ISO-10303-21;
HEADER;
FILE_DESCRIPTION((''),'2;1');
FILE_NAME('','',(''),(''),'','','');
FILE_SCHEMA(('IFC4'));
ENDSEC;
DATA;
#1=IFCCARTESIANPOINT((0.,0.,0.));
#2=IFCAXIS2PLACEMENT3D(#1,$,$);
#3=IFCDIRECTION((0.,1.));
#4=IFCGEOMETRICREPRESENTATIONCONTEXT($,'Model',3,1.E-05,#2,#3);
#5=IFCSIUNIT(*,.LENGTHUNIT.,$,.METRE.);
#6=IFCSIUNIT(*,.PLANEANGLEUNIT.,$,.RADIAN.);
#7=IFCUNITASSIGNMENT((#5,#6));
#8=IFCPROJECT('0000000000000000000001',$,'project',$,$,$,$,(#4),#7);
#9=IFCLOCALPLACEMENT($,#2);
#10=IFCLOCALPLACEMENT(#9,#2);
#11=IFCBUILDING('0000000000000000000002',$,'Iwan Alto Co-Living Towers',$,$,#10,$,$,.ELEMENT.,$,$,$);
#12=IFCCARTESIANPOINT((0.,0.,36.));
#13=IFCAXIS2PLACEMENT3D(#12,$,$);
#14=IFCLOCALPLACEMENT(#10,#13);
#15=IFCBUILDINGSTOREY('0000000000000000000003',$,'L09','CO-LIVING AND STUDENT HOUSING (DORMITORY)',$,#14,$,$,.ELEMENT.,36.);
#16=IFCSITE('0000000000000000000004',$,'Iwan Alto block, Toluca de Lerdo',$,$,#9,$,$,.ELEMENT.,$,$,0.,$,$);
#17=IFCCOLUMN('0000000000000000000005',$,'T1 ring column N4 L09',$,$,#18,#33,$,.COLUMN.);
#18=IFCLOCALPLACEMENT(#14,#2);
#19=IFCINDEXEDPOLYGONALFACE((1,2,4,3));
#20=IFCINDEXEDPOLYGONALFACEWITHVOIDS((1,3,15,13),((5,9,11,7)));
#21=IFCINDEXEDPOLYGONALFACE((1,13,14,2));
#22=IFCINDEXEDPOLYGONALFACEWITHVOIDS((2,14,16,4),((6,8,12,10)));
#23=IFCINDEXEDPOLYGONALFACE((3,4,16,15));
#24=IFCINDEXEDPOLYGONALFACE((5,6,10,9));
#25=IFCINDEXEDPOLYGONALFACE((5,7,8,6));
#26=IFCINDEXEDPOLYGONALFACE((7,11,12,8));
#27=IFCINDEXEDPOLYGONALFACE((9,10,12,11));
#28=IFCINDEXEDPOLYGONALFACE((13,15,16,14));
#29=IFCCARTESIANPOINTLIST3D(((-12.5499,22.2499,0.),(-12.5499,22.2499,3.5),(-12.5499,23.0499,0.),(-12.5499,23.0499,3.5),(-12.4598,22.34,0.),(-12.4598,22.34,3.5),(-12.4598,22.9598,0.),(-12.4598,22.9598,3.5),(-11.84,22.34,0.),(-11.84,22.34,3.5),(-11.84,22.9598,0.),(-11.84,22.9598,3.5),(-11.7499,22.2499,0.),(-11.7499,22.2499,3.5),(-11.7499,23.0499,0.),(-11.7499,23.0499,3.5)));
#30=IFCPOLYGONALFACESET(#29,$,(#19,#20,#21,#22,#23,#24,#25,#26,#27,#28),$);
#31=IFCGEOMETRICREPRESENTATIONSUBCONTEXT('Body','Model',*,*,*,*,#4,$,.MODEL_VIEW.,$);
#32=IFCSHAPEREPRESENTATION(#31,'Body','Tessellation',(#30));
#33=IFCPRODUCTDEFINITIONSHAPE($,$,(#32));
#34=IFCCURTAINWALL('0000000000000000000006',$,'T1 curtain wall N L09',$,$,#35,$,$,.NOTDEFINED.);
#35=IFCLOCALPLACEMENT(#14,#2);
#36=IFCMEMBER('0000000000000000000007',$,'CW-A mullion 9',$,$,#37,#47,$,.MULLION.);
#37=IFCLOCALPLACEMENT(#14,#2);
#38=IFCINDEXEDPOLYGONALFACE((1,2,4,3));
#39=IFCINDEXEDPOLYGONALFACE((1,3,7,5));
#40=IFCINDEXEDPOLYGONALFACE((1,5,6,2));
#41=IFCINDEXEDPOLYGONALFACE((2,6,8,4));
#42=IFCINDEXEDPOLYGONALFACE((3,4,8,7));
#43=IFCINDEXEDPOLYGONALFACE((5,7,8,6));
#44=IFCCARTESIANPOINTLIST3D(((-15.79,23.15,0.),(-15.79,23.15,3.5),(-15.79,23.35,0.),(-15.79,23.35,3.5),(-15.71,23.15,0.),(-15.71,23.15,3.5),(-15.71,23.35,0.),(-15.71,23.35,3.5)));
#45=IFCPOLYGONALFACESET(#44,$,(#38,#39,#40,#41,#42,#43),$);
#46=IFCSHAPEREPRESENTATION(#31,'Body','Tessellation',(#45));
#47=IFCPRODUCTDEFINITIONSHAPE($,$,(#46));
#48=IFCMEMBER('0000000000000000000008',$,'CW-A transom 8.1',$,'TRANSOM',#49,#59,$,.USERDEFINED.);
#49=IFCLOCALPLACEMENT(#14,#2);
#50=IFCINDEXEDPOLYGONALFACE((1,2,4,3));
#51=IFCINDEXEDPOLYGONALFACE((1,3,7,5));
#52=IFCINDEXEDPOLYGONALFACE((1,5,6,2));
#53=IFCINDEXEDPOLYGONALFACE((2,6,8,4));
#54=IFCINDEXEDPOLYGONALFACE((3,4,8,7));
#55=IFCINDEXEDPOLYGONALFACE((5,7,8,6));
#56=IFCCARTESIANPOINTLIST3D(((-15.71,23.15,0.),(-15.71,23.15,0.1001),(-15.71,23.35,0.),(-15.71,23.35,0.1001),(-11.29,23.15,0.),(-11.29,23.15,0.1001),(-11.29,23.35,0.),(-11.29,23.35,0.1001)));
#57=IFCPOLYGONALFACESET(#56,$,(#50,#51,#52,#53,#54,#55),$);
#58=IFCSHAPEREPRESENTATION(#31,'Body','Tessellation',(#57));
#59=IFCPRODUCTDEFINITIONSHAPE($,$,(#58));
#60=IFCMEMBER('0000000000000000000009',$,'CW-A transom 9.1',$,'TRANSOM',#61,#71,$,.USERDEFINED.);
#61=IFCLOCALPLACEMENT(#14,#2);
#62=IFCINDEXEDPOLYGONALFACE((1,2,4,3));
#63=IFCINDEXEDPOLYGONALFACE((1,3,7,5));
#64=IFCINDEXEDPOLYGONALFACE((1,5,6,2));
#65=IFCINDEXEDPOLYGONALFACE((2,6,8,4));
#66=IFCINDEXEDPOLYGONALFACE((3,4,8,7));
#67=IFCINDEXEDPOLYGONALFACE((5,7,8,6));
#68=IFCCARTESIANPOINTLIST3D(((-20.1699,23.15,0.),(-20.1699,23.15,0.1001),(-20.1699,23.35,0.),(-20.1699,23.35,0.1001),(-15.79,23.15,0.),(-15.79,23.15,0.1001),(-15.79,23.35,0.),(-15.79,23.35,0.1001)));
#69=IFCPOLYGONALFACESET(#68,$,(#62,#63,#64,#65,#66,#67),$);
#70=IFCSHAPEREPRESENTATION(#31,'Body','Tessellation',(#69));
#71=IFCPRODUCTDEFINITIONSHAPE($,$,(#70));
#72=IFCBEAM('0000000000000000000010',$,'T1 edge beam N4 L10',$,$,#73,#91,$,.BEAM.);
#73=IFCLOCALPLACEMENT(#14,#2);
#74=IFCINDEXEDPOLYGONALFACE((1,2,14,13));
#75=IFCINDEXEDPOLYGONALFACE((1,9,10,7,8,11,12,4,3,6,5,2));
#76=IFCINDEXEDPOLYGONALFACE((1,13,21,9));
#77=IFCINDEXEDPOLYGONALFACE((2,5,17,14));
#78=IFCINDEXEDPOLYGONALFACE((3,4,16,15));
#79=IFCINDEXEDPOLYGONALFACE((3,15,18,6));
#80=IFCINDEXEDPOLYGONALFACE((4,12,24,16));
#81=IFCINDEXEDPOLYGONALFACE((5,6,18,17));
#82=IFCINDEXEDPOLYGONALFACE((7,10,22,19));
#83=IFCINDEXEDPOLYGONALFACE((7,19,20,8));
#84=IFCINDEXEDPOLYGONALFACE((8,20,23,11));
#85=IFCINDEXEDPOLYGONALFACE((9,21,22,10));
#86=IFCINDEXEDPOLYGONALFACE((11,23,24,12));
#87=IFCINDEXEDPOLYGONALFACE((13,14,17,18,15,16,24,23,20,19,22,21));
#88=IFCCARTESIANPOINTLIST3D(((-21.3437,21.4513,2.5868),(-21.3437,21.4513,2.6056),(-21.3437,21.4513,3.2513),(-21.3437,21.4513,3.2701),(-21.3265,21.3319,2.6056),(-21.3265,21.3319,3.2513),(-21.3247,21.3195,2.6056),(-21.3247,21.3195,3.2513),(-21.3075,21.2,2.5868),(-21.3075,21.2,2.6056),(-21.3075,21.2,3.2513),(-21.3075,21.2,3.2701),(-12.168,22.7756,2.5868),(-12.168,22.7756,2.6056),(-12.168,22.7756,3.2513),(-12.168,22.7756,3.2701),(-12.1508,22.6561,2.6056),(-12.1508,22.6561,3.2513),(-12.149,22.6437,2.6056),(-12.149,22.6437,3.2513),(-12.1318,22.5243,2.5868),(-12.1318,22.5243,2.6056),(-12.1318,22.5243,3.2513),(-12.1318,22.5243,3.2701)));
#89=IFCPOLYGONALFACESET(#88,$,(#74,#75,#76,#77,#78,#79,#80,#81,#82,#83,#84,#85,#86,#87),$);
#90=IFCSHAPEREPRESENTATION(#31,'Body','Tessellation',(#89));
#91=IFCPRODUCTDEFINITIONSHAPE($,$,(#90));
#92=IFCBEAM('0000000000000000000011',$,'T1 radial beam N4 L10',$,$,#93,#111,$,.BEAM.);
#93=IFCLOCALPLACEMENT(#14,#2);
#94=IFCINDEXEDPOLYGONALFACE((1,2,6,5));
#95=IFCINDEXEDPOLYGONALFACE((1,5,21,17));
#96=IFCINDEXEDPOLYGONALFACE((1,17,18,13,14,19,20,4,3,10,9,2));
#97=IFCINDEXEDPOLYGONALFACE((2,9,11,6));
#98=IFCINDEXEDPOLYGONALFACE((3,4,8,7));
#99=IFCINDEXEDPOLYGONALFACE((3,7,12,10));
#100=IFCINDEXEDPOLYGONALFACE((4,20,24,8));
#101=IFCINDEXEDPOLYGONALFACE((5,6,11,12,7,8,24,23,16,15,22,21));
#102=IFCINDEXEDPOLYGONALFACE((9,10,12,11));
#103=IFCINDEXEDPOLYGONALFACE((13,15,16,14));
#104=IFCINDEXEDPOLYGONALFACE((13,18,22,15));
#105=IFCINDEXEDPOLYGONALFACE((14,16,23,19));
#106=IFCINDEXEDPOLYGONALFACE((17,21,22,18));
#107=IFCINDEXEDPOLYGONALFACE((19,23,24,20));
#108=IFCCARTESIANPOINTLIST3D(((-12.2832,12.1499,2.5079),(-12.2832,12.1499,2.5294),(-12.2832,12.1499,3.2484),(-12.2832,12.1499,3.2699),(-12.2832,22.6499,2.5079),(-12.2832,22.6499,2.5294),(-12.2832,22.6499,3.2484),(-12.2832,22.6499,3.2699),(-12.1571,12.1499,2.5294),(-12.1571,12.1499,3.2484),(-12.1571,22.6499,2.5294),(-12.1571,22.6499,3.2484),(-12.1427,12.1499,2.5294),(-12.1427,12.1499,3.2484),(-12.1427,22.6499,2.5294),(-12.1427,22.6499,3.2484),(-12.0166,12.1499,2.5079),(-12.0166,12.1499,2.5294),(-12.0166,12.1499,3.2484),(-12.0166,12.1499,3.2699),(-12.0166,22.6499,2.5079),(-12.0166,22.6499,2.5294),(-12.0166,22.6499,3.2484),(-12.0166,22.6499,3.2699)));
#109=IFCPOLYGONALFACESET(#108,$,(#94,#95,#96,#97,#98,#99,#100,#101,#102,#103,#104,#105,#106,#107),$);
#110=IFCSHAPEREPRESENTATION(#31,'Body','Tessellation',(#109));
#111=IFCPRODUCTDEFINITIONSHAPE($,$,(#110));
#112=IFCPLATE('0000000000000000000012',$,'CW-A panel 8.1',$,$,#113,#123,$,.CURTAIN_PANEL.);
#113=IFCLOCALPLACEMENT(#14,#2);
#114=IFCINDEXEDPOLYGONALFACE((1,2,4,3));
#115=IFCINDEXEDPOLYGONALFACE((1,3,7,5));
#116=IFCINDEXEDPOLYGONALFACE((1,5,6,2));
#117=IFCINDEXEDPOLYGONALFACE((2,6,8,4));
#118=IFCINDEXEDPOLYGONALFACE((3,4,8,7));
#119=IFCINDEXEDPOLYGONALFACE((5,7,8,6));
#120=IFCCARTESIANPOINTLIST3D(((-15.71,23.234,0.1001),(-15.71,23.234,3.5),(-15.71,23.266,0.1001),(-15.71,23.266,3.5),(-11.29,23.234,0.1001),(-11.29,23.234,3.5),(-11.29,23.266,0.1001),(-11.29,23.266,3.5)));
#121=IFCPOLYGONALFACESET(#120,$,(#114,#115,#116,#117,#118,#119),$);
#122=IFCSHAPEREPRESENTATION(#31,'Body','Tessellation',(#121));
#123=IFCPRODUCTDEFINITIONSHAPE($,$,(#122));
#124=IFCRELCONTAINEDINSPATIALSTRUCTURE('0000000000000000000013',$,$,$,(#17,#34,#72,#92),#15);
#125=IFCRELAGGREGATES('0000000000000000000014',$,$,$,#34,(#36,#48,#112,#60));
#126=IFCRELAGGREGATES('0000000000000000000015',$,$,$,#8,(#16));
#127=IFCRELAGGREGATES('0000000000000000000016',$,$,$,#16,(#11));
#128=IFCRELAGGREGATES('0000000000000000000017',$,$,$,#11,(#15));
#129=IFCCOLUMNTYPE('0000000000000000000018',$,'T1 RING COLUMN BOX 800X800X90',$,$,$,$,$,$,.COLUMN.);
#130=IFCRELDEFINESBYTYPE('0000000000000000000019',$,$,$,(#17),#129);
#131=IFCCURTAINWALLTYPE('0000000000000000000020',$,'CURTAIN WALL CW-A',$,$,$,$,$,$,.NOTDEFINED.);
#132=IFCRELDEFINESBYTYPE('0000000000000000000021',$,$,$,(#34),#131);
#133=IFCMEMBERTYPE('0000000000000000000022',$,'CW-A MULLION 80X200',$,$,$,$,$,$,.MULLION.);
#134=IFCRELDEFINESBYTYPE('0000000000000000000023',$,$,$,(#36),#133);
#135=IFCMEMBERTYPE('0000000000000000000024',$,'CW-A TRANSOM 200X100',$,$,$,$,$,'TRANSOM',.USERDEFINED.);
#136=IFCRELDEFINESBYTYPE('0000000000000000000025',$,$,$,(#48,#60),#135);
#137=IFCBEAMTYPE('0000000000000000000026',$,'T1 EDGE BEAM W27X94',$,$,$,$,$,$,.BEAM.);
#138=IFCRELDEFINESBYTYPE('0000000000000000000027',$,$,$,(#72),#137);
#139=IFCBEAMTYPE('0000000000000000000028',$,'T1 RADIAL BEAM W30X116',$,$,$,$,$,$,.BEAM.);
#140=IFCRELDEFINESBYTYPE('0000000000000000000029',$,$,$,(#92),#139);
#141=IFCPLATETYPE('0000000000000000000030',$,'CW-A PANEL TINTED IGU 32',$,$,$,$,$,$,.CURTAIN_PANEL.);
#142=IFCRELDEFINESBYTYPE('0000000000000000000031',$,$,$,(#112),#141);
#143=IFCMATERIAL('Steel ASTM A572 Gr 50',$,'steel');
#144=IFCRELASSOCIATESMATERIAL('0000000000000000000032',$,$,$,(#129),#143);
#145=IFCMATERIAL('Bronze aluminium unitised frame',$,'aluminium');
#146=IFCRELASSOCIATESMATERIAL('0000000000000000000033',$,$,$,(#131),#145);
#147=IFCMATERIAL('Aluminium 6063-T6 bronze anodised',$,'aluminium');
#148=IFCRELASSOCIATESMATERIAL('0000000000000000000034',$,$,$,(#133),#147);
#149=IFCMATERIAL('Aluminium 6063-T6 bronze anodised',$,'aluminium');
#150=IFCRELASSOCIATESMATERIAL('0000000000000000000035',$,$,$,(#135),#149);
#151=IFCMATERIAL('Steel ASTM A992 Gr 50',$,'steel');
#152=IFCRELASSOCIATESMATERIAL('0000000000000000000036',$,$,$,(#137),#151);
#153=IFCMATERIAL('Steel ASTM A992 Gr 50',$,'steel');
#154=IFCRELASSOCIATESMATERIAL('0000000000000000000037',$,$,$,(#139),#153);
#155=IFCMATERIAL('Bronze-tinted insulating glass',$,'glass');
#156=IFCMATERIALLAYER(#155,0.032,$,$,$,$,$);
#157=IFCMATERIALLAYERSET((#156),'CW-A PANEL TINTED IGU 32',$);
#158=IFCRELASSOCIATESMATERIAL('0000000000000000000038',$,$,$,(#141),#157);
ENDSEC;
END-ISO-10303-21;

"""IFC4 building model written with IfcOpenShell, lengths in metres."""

from ifc_helpers import new_model, si_unit, direction, frame, origin, origin_2d, place, context, subcontext, project, spatial, rectangle, hollow_rectangle, i_section, extrude, material, layer, layer_set, material_profile, profile_set, type_object, element, aggregate, save


model = new_model("IFC4")

# Units and contexts
model_context = context("Model", 3, precision=1e-05, world=origin(), true_north=direction((0.0, 1.0)))
body_context = subcontext(model_context, "Body", "Model", "MODEL_VIEW")
ifc_project = project(units=[si_unit("LENGTHUNIT", "METRE"), si_unit("PLANEANGLEUNIT", "RADIAN")], contexts=[model_context])

# Site, building, storey
site_placement = place(None, origin())
site = spatial("IfcSite", under=ifc_project, at=site_placement, Name="Iwan Alto block, Toluca de Lerdo", CompositionType="ELEMENT", RefElevation=0.0)
building_placement = place(site_placement, origin())
building = spatial("IfcBuilding", under=site, at=building_placement, Name="Iwan Alto Co-Living Towers", CompositionType="ELEMENT")
storey_placement = place(building_placement, frame((0.0, 0.0, 36.0)))
storey = spatial("IfcBuildingStorey", under=building, at=storey_placement, Name="L09", Description="CO-LIVING AND STUDENT HOUSING (DORMITORY)", CompositionType="ELEMENT", Elevation=36.0)

# Column
ifc_material_1 = material(Name="Steel ASTM A572 Gr 50", Category="steel")
ifc_material_profile_1 = material_profile(ifc_material_1, hollow_rectangle(XDim=0.8, YDim=0.8, WallThickness=0.0901, at=origin_2d()), Name="BOX 800X800X90")
ifc_profile_set_1 = profile_set([ifc_material_profile_1], Name="Steel ASTM A572 Gr 50")
column_type = type_object("IfcColumnType", Name="T1 RING COLUMN BOX 800X800X90", PredefinedType="COLUMN", material=ifc_profile_set_1)
column_placement = place(storey_placement, frame((-12.1499, 22.6499, 0.0), z_axis=(0.0, 0.0, 1.0), x_axis=(1.0, 0.0, 0.0)))
element("IfcColumn", 1, at=column_placement, inside=storey, type_object=column_type, Name="T1 ring column N4 L09", PredefinedType="COLUMN", context=body_context, shape_type="SweptSolid", body=[
    extrude(hollow_rectangle(XDim=0.8, YDim=0.8, WallThickness=0.0901, at=origin_2d()), origin(), (0.0, 0.0, 1.0), 3.5),
])

# Curtain wall, members
ifc_material_2 = material(Name="Bronze aluminium unitised frame", Category="aluminium")
curtain_wall_type = type_object("IfcCurtainWallType", Name="CURTAIN WALL CW-A", PredefinedType="NOTDEFINED", material=ifc_material_2)
curtain_wall_placement = place(storey_placement, origin())
curtain_wall = element("IfcCurtainWall", 2, at=curtain_wall_placement, inside=storey, type_object=curtain_wall_type, Name="T1 curtain wall N L09", PredefinedType="NOTDEFINED")
ifc_material_3 = material(Name="Aluminium 6063-T6 bronze anodised", Category="aluminium")
ifc_material_profile_2 = material_profile(ifc_material_3, rectangle(XDim=0.2, YDim=0.0801, at=origin_2d()), Name="AL 80X200")
ifc_profile_set_2 = profile_set([ifc_material_profile_2], Name="Aluminium 6063-T6 bronze anodised")
member_type_1 = type_object("IfcMemberType", Name="CW-A MULLION 80X200", PredefinedType="MULLION", material=ifc_profile_set_2)
member_1_placement = place(storey_placement, frame((-15.75, 23.25, 0.0), z_axis=(0.0, 0.0, 1.0), x_axis=(0.0, -1.0, 0.0)))
member_1 = element("IfcMember", 3, at=member_1_placement, type_object=member_type_1, Name="CW-A mullion 9", PredefinedType="MULLION", context=body_context, shape_type="SweptSolid", body=[
    extrude(rectangle(XDim=0.2, YDim=0.0801, at=origin_2d()), origin(), (0.0, 0.0, 1.0), 3.5),
])
ifc_material_4 = material(Name="Aluminium 6063-T6 bronze anodised", Category="aluminium")
ifc_material_profile_3 = material_profile(ifc_material_4, rectangle(XDim=0.2, YDim=0.1001, at=origin_2d()), Name="AL 200X100")
ifc_profile_set_3 = profile_set([ifc_material_profile_3], Name="Aluminium 6063-T6 bronze anodised")
member_type_2 = type_object("IfcMemberType", Name="CW-A TRANSOM 200X100", ElementType="TRANSOM", PredefinedType="USERDEFINED", material=ifc_profile_set_3)
member_2_placement = place(storey_placement, frame((-11.29, 23.25, 0.05), z_axis=(-1.0, 0.0, 0.0), x_axis=(0.0, -1.0, 0.0)))
member_2 = element("IfcMember", 4, at=member_2_placement, type_object=member_type_2, Name="CW-A transom 8.1", ObjectType="TRANSOM", PredefinedType="USERDEFINED", context=body_context, shape_type="SweptSolid", body=[
    extrude(rectangle(XDim=0.2, YDim=0.1001, at=origin_2d()), origin(), (0.0, 0.0, 1.0), 4.4199),
])
member_3_placement = place(storey_placement, frame((-15.79, 23.25, 0.05), z_axis=(-1.0, 0.0, 0.0), x_axis=(0.0, -1.0, 0.0)))
member_3 = element("IfcMember", 5, at=member_3_placement, type_object=member_type_2, Name="CW-A transom 9.1", ObjectType="TRANSOM", PredefinedType="USERDEFINED", context=body_context, shape_type="SweptSolid", body=[
    extrude(rectangle(XDim=0.2, YDim=0.1001, at=origin_2d()), origin(), (0.0, 0.0, 1.0), 4.3799),
])

# Beams
ifc_material_5 = material(Name="Steel ASTM A992 Gr 50", Category="steel")
ifc_material_profile_4 = material_profile(ifc_material_5, i_section(OverallWidth=0.2539, OverallDepth=0.6833, WebThickness=0.0125, FlangeThickness=0.0188, at=origin_2d()), Name="W27X94")
ifc_profile_set_4 = profile_set([ifc_material_profile_4], Name="Steel ASTM A992 Gr 50")
beam_type_1 = type_object("IfcBeamType", Name="T1 EDGE BEAM W27X94", PredefinedType="BEAM", material=ifc_profile_set_4)
beam_1_placement = place(storey_placement, frame((-12.1499, 22.6499, 2.9285), z_axis=(-0.989746, -0.142837, 0.0), x_axis=(0.142837, -0.989746, 0.0)))
element("IfcBeam", 6, at=beam_1_placement, inside=storey, type_object=beam_type_1, Name="T1 edge beam N4 L10", PredefinedType="BEAM", context=body_context, shape_type="SweptSolid", body=[
    extrude(i_section(OverallWidth=0.2539, OverallDepth=0.6833, WebThickness=0.0125, FlangeThickness=0.0188, at=origin_2d()), origin(), (0.0, 0.0, 1.0), 9.2708),
])
ifc_material_6 = material(Name="Steel ASTM A992 Gr 50", Category="steel")
ifc_material_profile_5 = material_profile(ifc_material_6, i_section(OverallWidth=0.2666, OverallDepth=0.762, WebThickness=0.0144, FlangeThickness=0.0215, at=origin_2d()), Name="W30X116")
ifc_profile_set_5 = profile_set([ifc_material_profile_5], Name="Steel ASTM A992 Gr 50")
beam_type_2 = type_object("IfcBeamType", Name="T1 RADIAL BEAM W30X116", PredefinedType="BEAM", material=ifc_profile_set_5)
beam_2_placement = place(storey_placement, frame((-12.1499, 22.6499, 2.8889), z_axis=(0.0, -1.0, 0.0), x_axis=(1.0, 0.0, 0.0)))
element("IfcBeam", 7, at=beam_2_placement, inside=storey, type_object=beam_type_2, Name="T1 radial beam N4 L10", PredefinedType="BEAM", context=body_context, shape_type="SweptSolid", body=[
    extrude(i_section(OverallWidth=0.2666, OverallDepth=0.762, WebThickness=0.0144, FlangeThickness=0.0215, at=origin_2d()), origin(), (0.0, 0.0, 1.0), 10.5),
])

# Plate
ifc_material_7 = material(Name="Bronze-tinted insulating glass", Category="glass")
ifc_layer_1 = layer(ifc_material_7, 0.032)
ifc_layer_set_1 = layer_set([ifc_layer_1], Name="CW-A PANEL TINTED IGU 32")
plate_type = type_object("IfcPlateType", Name="CW-A PANEL TINTED IGU 32", PredefinedType="CURTAIN_PANEL", material=ifc_layer_set_1)
plate_placement = place(storey_placement, frame((-13.5, 23.25, 0.1001), z_axis=(0.0, 0.0, 1.0), x_axis=(-1.0, 0.0, 0.0)))
plate = element("IfcPlate", 8, at=plate_placement, type_object=plate_type, Name="CW-A panel 8.1", PredefinedType="CURTAIN_PANEL", context=body_context, shape_type="SweptSolid", body=[
    extrude(rectangle(XDim=4.4199, YDim=0.032, at=origin_2d()), origin(), (0.0, 0.0, 1.0), 3.3999),
])
aggregate(curtain_wall, [member_1, member_2, plate, member_3])

save(model, "model.ifc")
